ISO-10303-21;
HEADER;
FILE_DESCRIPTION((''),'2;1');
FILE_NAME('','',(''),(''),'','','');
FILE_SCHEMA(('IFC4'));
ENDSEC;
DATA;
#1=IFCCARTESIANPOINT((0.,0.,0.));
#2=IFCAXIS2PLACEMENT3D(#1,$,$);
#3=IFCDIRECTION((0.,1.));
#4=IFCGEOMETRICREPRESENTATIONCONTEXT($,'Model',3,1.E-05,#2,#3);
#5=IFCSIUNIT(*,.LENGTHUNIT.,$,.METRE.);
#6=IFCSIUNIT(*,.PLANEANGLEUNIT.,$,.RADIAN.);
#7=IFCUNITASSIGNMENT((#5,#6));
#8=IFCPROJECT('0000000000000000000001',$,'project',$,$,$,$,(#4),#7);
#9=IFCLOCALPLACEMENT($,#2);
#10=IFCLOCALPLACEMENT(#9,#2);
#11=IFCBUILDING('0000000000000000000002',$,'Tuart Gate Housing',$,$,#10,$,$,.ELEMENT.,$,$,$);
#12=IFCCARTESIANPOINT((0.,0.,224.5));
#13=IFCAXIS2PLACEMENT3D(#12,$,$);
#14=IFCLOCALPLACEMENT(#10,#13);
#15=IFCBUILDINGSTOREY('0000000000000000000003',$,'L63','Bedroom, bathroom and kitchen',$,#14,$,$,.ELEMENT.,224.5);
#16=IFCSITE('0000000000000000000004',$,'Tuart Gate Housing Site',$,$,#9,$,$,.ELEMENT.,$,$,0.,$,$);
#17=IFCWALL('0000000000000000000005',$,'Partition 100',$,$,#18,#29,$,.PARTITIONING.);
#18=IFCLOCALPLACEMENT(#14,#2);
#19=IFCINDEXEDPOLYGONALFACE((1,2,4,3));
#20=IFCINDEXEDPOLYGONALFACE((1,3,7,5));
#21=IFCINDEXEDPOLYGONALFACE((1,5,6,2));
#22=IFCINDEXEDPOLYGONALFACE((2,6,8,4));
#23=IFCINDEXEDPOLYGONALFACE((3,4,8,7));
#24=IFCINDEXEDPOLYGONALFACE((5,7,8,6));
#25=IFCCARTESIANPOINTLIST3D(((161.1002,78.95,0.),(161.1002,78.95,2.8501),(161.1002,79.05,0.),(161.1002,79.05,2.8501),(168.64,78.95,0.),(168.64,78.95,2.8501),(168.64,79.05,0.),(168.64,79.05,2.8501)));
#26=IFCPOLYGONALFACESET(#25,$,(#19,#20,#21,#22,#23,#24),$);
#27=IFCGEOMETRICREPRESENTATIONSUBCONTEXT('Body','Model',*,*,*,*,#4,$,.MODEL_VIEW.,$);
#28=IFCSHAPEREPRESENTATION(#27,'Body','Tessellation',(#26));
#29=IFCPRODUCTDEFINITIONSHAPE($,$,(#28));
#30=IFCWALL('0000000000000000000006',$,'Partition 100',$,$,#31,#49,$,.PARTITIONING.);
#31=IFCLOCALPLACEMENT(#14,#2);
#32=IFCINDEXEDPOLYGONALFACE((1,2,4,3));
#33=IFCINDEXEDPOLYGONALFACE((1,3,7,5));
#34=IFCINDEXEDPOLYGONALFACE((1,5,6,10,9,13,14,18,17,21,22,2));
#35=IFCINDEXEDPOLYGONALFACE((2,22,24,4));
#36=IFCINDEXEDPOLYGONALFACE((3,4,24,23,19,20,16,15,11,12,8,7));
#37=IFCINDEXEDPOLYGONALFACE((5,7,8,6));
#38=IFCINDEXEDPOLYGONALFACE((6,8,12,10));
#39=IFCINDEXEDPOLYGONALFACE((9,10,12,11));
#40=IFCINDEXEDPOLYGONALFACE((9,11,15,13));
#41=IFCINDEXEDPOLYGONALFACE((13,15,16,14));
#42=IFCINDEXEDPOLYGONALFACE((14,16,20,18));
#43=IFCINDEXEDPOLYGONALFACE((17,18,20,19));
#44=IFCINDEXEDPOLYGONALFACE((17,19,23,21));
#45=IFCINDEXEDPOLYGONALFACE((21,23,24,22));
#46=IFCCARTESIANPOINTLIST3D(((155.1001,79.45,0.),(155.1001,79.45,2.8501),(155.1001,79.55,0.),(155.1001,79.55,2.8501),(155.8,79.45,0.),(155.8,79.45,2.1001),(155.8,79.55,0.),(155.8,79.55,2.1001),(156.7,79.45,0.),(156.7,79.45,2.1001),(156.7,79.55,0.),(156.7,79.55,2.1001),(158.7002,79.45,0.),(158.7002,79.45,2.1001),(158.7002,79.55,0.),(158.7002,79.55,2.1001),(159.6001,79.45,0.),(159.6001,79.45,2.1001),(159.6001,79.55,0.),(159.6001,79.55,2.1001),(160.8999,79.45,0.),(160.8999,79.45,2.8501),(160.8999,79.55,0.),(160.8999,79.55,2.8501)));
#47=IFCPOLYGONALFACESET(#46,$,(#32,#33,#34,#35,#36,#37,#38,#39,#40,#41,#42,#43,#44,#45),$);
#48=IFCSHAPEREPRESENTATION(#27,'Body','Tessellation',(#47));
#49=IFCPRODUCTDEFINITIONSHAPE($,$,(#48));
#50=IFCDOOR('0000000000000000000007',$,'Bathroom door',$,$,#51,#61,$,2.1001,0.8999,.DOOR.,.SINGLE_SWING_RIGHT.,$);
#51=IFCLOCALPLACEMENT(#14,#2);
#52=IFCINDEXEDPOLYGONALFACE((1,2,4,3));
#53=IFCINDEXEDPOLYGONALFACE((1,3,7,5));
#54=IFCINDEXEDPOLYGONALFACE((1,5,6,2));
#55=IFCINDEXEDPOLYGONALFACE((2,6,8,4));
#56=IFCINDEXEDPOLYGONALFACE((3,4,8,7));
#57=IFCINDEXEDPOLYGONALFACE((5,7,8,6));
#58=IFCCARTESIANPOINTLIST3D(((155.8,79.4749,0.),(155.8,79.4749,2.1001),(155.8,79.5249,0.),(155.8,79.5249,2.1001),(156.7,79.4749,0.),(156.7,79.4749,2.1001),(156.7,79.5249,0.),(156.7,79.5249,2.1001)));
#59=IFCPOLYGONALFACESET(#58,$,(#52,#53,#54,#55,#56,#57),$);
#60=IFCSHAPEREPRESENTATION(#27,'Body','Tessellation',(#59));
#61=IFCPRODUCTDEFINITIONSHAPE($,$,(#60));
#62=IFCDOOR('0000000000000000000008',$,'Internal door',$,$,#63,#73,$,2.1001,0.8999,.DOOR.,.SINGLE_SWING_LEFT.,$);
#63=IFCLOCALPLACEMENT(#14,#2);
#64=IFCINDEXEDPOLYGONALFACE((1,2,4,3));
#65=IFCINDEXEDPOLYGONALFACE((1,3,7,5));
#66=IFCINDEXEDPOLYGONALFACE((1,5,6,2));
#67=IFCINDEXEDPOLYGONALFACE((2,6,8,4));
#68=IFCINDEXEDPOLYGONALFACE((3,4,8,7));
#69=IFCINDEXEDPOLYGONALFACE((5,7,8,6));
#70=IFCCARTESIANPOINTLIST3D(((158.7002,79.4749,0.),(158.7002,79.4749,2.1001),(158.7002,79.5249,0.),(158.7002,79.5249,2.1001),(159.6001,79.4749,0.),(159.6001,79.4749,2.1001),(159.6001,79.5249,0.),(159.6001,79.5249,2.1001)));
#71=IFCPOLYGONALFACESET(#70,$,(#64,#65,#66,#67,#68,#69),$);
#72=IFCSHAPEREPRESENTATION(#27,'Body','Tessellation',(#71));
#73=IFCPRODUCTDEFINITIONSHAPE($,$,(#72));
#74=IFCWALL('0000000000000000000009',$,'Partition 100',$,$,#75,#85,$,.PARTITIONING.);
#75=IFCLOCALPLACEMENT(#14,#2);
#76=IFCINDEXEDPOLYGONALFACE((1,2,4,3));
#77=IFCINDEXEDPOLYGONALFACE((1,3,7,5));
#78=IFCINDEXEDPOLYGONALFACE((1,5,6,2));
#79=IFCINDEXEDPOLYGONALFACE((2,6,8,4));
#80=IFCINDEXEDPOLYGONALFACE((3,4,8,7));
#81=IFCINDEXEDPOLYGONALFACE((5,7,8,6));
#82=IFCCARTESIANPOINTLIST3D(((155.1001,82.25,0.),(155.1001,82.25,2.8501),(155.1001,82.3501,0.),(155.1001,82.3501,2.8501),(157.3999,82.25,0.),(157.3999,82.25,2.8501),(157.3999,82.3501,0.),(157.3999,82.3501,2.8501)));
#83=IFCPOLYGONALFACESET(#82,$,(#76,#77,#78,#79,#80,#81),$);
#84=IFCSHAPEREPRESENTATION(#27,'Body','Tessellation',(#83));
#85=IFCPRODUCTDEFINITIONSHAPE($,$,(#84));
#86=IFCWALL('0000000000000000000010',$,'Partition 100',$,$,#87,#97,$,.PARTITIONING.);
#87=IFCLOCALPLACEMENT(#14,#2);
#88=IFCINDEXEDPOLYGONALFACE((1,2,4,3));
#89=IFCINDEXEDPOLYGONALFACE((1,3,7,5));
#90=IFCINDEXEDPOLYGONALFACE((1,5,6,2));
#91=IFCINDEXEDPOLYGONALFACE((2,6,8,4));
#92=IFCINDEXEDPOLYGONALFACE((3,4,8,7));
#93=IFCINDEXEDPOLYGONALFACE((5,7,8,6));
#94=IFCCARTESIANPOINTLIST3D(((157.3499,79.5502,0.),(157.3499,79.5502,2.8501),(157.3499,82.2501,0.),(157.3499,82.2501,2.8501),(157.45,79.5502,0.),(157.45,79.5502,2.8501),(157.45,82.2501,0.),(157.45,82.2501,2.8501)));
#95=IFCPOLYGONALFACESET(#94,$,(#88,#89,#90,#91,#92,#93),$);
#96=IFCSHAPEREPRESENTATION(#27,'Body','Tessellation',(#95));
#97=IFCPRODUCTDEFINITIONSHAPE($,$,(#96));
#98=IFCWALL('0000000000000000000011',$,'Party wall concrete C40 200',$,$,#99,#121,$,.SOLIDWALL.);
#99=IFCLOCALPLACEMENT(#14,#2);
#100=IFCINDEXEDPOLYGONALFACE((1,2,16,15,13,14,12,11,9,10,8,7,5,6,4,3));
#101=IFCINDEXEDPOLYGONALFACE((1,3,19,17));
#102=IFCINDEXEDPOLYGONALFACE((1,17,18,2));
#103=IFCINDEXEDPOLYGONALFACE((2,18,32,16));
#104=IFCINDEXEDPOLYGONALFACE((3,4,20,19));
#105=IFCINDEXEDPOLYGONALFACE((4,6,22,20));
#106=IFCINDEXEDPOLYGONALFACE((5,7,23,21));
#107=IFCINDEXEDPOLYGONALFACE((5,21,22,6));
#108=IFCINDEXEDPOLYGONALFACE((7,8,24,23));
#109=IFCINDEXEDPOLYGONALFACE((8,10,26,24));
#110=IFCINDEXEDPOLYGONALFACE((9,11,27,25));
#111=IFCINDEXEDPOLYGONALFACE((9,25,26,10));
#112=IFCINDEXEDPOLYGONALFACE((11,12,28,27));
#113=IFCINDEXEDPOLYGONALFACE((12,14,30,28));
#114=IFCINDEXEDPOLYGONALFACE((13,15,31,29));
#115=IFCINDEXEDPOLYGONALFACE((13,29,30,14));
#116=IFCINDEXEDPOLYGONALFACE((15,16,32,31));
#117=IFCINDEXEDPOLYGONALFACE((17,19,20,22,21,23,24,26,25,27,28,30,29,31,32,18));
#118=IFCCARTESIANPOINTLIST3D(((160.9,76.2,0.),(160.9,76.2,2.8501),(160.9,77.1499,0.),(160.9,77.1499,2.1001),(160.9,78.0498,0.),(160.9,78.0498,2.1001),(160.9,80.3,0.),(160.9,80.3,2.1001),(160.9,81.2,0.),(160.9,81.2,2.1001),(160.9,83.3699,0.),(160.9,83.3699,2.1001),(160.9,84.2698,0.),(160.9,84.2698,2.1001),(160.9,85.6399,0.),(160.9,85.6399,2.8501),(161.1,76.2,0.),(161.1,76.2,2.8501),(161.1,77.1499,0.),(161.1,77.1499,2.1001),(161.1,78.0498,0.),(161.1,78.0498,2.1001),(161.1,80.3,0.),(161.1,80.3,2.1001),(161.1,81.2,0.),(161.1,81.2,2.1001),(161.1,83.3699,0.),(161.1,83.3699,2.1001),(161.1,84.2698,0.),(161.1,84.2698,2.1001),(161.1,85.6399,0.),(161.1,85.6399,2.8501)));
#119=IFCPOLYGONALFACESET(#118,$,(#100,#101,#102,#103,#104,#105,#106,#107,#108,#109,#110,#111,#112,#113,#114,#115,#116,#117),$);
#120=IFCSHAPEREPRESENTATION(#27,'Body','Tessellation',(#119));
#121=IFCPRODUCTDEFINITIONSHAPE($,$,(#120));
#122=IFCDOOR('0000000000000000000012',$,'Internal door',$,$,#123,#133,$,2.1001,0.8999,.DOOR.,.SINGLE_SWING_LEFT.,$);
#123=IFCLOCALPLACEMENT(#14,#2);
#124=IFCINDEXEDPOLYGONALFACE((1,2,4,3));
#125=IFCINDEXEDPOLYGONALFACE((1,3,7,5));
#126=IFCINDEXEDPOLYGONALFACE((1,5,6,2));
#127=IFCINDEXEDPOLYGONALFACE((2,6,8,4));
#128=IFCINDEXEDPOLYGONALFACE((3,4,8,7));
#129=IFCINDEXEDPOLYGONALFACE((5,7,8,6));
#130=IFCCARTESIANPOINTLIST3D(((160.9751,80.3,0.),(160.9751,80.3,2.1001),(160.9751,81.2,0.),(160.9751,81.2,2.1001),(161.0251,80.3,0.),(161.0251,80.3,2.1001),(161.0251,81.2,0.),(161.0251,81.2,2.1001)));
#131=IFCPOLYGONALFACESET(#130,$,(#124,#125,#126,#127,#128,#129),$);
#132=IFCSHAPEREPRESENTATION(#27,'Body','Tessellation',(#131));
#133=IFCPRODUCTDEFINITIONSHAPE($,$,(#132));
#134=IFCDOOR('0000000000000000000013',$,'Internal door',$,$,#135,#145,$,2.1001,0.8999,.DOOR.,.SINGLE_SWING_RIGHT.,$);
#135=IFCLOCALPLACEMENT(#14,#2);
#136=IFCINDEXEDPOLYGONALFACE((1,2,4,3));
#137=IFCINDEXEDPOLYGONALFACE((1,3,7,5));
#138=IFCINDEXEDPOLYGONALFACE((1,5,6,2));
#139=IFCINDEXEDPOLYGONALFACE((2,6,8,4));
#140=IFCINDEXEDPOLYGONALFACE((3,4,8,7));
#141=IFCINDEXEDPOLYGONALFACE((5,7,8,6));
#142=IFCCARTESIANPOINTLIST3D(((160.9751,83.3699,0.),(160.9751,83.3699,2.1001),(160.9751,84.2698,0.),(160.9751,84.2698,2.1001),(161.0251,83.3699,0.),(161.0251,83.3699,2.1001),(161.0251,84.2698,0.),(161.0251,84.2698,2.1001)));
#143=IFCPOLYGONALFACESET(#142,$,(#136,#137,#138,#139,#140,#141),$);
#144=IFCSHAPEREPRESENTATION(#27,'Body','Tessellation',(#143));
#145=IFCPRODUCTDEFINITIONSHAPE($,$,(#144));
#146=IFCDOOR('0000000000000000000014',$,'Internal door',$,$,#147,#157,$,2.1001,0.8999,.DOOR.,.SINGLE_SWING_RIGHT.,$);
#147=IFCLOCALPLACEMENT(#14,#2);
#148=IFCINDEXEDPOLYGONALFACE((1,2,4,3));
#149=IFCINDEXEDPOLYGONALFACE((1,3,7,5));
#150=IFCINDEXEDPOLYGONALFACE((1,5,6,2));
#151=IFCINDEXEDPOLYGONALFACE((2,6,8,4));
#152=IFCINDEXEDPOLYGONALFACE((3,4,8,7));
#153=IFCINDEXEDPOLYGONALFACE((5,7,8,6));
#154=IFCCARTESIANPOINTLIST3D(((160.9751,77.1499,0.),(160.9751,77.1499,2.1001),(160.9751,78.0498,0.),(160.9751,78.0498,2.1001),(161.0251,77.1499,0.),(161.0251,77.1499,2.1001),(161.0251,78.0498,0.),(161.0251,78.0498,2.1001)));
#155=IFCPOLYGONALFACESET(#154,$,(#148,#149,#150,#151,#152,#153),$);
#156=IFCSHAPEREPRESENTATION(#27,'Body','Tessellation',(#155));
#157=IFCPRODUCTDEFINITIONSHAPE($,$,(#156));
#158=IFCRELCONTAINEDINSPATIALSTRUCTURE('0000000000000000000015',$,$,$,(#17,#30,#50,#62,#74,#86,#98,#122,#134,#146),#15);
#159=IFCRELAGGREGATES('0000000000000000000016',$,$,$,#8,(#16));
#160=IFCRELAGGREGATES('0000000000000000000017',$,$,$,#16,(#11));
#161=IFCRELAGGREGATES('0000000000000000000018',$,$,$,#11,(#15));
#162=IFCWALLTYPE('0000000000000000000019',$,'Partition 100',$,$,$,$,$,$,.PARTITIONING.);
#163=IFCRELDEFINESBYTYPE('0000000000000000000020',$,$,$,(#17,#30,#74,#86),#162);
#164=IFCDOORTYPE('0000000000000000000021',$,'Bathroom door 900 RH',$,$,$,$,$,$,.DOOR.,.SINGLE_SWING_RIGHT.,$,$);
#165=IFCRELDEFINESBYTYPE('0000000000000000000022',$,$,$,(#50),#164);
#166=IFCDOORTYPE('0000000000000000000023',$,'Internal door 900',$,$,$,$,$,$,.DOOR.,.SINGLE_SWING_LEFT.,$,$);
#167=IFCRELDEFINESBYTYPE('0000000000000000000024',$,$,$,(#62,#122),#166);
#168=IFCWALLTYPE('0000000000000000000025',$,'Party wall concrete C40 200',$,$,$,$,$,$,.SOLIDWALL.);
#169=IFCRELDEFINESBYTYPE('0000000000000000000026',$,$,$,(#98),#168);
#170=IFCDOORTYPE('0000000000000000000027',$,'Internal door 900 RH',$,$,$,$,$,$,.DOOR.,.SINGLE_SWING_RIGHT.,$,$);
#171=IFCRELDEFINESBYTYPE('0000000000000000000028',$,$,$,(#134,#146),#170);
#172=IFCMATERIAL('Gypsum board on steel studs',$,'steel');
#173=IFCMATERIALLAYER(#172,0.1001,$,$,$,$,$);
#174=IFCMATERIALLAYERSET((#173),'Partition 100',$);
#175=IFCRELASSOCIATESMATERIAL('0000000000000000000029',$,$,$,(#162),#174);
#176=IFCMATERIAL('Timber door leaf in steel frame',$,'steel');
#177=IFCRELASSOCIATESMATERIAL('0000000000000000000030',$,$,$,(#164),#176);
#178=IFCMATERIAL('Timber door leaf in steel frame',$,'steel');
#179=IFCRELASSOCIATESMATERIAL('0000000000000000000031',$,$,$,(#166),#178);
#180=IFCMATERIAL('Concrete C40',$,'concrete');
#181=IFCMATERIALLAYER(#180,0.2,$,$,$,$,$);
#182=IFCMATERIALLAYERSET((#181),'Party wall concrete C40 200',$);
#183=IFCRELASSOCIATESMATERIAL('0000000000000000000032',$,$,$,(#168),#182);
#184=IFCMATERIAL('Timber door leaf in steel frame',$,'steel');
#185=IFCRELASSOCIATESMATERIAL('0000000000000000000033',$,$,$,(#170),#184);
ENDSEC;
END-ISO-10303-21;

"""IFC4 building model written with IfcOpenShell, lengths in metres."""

from ifc_helpers import new_model, si_unit, direction, frame, frame_2d, origin, place, context, subcontext, project, spatial, rectangle, extrude, material, layer, layer_set, type_object, element, fill, save


model = new_model("IFC4")

# Units and contexts
model_context = context("Model", 3, precision=1e-05, world=origin(), true_north=direction((0.0, 1.0)))
body_context = subcontext(model_context, "Body", "Model", "MODEL_VIEW")
ifc_project = project(units=[si_unit("LENGTHUNIT", "METRE"), si_unit("PLANEANGLEUNIT", "RADIAN")], contexts=[model_context])

# Site, building, storey
site_placement = place(None, origin())
site = spatial("IfcSite", under=ifc_project, at=site_placement, Name="Tuart Gate Housing Site", CompositionType="ELEMENT", RefElevation=0.0)
building_placement = place(site_placement, origin())
building = spatial("IfcBuilding", under=site, at=building_placement, Name="Tuart Gate Housing", CompositionType="ELEMENT")
storey_placement = place(building_placement, frame((0.0, 0.0, 224.5)))
storey = spatial("IfcBuildingStorey", under=building, at=storey_placement, Name="L63", Description="Bedroom, bathroom and kitchen", CompositionType="ELEMENT", Elevation=224.5)

# Wall
ifc_material_1 = material(Name="Gypsum board on steel studs", Category="steel")
ifc_layer_1 = layer(ifc_material_1, 0.1001)
ifc_layer_set_1 = layer_set([ifc_layer_1], Name="Partition 100")
wall_type_1 = type_object("IfcWallType", Name="Partition 100", PredefinedType="PARTITIONING", material=ifc_layer_set_1)
wall_1_placement = place(storey_placement, frame((161.1001, 79.0, 0.0), z_axis=(0.0, 0.0, 1.0), x_axis=(1.0, 0.0, 0.0)))
element("IfcWall", 1, at=wall_1_placement, inside=storey, type_object=wall_type_1, Name="Partition 100", PredefinedType="PARTITIONING", context=body_context, shape_type="SweptSolid", body=[
    extrude(rectangle(XDim=7.5398, YDim=0.1001, at=frame_2d((3.77, 0.0))), origin(), (0.0, 0.0, 1.0), 2.8501),
])

# Wall, openings, doors
wall_2_placement = place(storey_placement, frame((155.1001, 79.5, 0.0), z_axis=(0.0, 0.0, 1.0), x_axis=(1.0, 0.0, 0.0)))
wall_2 = element("IfcWall", 2, at=wall_2_placement, inside=storey, type_object=wall_type_1, Name="Partition 100", PredefinedType="PARTITIONING", context=body_context, shape_type="SweptSolid", body=[
    extrude(rectangle(XDim=5.7998, YDim=0.1001, at=frame_2d((2.8999, 0.0))), origin(), (0.0, 0.0, 1.0), 2.8501),
])
opening_1_placement = place(wall_2_placement, frame((3.6001, 0.0, 0.0)))
opening_1 = element("IfcOpeningElement", 3, at=opening_1_placement, cuts=wall_2, PredefinedType="OPENING", context=body_context, shape_type="SweptSolid", body=[
    extrude(rectangle(XDim=0.8999, YDim=2.1001, at=frame_2d((0.45, 1.05))), frame((0.0, 0.0601, 0.0), z_axis=(0.0, -1.0, 0.0), x_axis=(1.0, 0.0, 0.0)), (0.0, 0.0, 1.0), 0.1201),
])
opening_2_placement = place(wall_2_placement, frame((0.7, 0.0, 0.0)))
opening_2 = element("IfcOpeningElement", 4, at=opening_2_placement, cuts=wall_2, PredefinedType="OPENING", context=body_context, shape_type="SweptSolid", body=[
    extrude(rectangle(XDim=0.8999, YDim=2.1001, at=frame_2d((0.45, 1.05))), frame((0.0, 0.0601, 0.0), z_axis=(0.0, -1.0, 0.0), x_axis=(1.0, 0.0, 0.0)), (0.0, 0.0, 1.0), 0.1201),
])
ifc_material_2 = material(Name="Timber door leaf in steel frame", Category="steel")
door_type_1 = type_object("IfcDoorType", Name="Bathroom door 900 RH", OperationType="SINGLE_SWING_RIGHT", PredefinedType="DOOR", material=ifc_material_2)
door_1_placement = place(opening_2_placement, origin())
door_1 = element("IfcDoor", 5, at=door_1_placement, inside=storey, type_object=door_type_1, Name="Bathroom door", OperationType="SINGLE_SWING_RIGHT", OverallHeight=2.1001, OverallWidth=0.8999, PredefinedType="DOOR", context=body_context, shape_type="SweptSolid", body=[
    extrude(rectangle(XDim=0.8999, YDim=2.1001, at=frame_2d((0.45, 1.05))), frame((0.0, 0.0249, 0.0), z_axis=(0.0, -1.0, 0.0), x_axis=(1.0, 0.0, 0.0)), (0.0, 0.0, 1.0), 0.05),
])
fill(opening_2, door_1)
ifc_material_3 = material(Name="Timber door leaf in steel frame", Category="steel")
door_type_2 = type_object("IfcDoorType", Name="Internal door 900", OperationType="SINGLE_SWING_LEFT", PredefinedType="DOOR", material=ifc_material_3)
door_2_placement = place(opening_1_placement, frame((0.8999, 0.0, 0.0), z_axis=(0.0, 0.0, 1.0), x_axis=(-1.0, 0.0, 0.0)))
door_2 = element("IfcDoor", 6, at=door_2_placement, inside=storey, type_object=door_type_2, Name="Internal door", OperationType="SINGLE_SWING_LEFT", OverallHeight=2.1001, OverallWidth=0.8999, PredefinedType="DOOR", context=body_context, shape_type="SweptSolid", body=[
    extrude(rectangle(XDim=0.8999, YDim=2.1001, at=frame_2d((0.45, 1.05))), frame((0.0, 0.0251, 0.0), z_axis=(0.0, -1.0, 0.0), x_axis=(1.0, 0.0, 0.0)), (0.0, 0.0, 1.0), 0.05),
])
fill(opening_1, door_2)

# Walls
wall_3_placement = place(storey_placement, frame((155.1001, 82.3, 0.0), z_axis=(0.0, 0.0, 1.0), x_axis=(1.0, 0.0, 0.0)))
element("IfcWall", 7, at=wall_3_placement, inside=storey, type_object=wall_type_1, Name="Partition 100", PredefinedType="PARTITIONING", context=body_context, shape_type="SweptSolid", body=[
    extrude(rectangle(XDim=2.2998, YDim=0.1001, at=frame_2d((1.1499, 0.0))), origin(), (0.0, 0.0, 1.0), 2.8501),
])
wall_4_placement = place(storey_placement, frame((157.3999, 79.55, 0.0), z_axis=(0.0, 0.0, 1.0), x_axis=(0.0, 1.0, 0.0)))
element("IfcWall", 8, at=wall_4_placement, inside=storey, type_object=wall_type_1, Name="Partition 100", PredefinedType="PARTITIONING", context=body_context, shape_type="SweptSolid", body=[
    extrude(rectangle(XDim=2.7, YDim=0.1001, at=frame_2d((1.3501, 0.0))), origin(), (0.0, 0.0, 1.0), 2.8501),
])

# Wall, openings, doors
ifc_material_4 = material(Name="Concrete C40", Category="concrete")
ifc_layer_2 = layer(ifc_material_4, 0.2)
ifc_layer_set_2 = layer_set([ifc_layer_2], Name="Party wall concrete C40 200")
wall_type_2 = type_object("IfcWallType", Name="Party wall concrete C40 200", PredefinedType="SOLIDWALL", material=ifc_layer_set_2)
wall_5_placement = place(storey_placement, frame((161.0, 76.2, 0.0), z_axis=(0.0, 0.0, 1.0), x_axis=(0.0, 1.0, 0.0)))
wall_5 = element("IfcWall", 9, at=wall_5_placement, inside=storey, type_object=wall_type_2, Name="Party wall concrete C40 200", PredefinedType="SOLIDWALL", context=body_context, shape_type="SweptSolid", body=[
    extrude(rectangle(XDim=9.4399, YDim=0.2, at=frame_2d((4.72, 0.0))), origin(), (0.0, 0.0, 1.0), 2.8501),
])
opening_3_placement = place(wall_5_placement, frame((7.1699, 0.0, 0.0)))
opening_3 = element("IfcOpeningElement", 10, at=opening_3_placement, cuts=wall_5, PredefinedType="OPENING", context=body_context, shape_type="SweptSolid", body=[
    extrude(rectangle(XDim=0.8999, YDim=2.1001, at=frame_2d((0.45, 1.05))), frame((0.0, 0.1099, 0.0), z_axis=(0.0, -1.0, 0.0), x_axis=(1.0, 0.0, 0.0)), (0.0, 0.0, 1.0), 0.22),
])
opening_4_placement = place(wall_5_placement, frame((4.1001, 0.0, 0.0)))
opening_4 = element("IfcOpeningElement", 11, at=opening_4_placement, cuts=wall_5, PredefinedType="OPENING", context=body_context, shape_type="SweptSolid", body=[
    extrude(rectangle(XDim=0.8999, YDim=2.1001, at=frame_2d((0.45, 1.05))), frame((0.0, 0.1099, 0.0), z_axis=(0.0, -1.0, 0.0), x_axis=(1.0, 0.0, 0.0)), (0.0, 0.0, 1.0), 0.22),
])
opening_5_placement = place(wall_5_placement, frame((0.95, 0.0, 0.0)))
opening_5 = element("IfcOpeningElement", 12, at=opening_5_placement, cuts=wall_5, PredefinedType="OPENING", context=body_context, shape_type="SweptSolid", body=[
    extrude(rectangle(XDim=0.8999, YDim=2.1001, at=frame_2d((0.45, 1.05))), frame((0.0, 0.1099, 0.0), z_axis=(0.0, -1.0, 0.0), x_axis=(1.0, 0.0, 0.0)), (0.0, 0.0, 1.0), 0.22),
])
door_3_placement = place(opening_4_placement, frame((0.8999, 0.0, 0.0), z_axis=(0.0, 0.0, 1.0), x_axis=(-1.0, 0.0, 0.0)))
door_3 = element("IfcDoor", 13, at=door_3_placement, inside=storey, type_object=door_type_2, Name="Internal door", OperationType="SINGLE_SWING_LEFT", OverallHeight=2.1001, OverallWidth=0.8999, PredefinedType="DOOR", context=body_context, shape_type="SweptSolid", body=[
    extrude(rectangle(XDim=0.8999, YDim=2.1001, at=frame_2d((0.45, 1.05))), frame((0.0, 0.0251, 0.0), z_axis=(0.0, -1.0, 0.0), x_axis=(1.0, 0.0, 0.0)), (0.0, 0.0, 1.0), 0.05),
])
fill(opening_4, door_3)
ifc_material_5 = material(Name="Timber door leaf in steel frame", Category="steel")
door_type_3 = type_object("IfcDoorType", Name="Internal door 900 RH", OperationType="SINGLE_SWING_RIGHT", PredefinedType="DOOR", material=ifc_material_5)
door_4_placement = place(opening_3_placement, frame((0.8999, 0.0, 0.0), z_axis=(0.0, 0.0, 1.0), x_axis=(-1.0, 0.0, 0.0)))
door_4 = element("IfcDoor", 14, at=door_4_placement, inside=storey, type_object=door_type_3, Name="Internal door", OperationType="SINGLE_SWING_RIGHT", OverallHeight=2.1001, OverallWidth=0.8999, PredefinedType="DOOR", context=body_context, shape_type="SweptSolid", body=[
    extrude(rectangle(XDim=0.8999, YDim=2.1001, at=frame_2d((0.45, 1.05))), frame((0.0, 0.0251, 0.0), z_axis=(0.0, -1.0, 0.0), x_axis=(1.0, 0.0, 0.0)), (0.0, 0.0, 1.0), 0.05),
])
fill(opening_3, door_4)
door_5_placement = place(opening_5_placement, frame((0.8999, 0.0, 0.0), z_axis=(0.0, 0.0, 1.0), x_axis=(-1.0, 0.0, 0.0)))
door_5 = element("IfcDoor", 15, at=door_5_placement, inside=storey, type_object=door_type_3, Name="Internal door", OperationType="SINGLE_SWING_RIGHT", OverallHeight=2.1001, OverallWidth=0.8999, PredefinedType="DOOR", context=body_context, shape_type="SweptSolid", body=[
    extrude(rectangle(XDim=0.8999, YDim=2.1001, at=frame_2d((0.45, 1.05))), frame((0.0, 0.0251, 0.0), z_axis=(0.0, -1.0, 0.0), x_axis=(1.0, 0.0, 0.0)), (0.0, 0.0, 1.0), 0.05),
])
fill(opening_5, door_5)

save(model, "model.ifc")
